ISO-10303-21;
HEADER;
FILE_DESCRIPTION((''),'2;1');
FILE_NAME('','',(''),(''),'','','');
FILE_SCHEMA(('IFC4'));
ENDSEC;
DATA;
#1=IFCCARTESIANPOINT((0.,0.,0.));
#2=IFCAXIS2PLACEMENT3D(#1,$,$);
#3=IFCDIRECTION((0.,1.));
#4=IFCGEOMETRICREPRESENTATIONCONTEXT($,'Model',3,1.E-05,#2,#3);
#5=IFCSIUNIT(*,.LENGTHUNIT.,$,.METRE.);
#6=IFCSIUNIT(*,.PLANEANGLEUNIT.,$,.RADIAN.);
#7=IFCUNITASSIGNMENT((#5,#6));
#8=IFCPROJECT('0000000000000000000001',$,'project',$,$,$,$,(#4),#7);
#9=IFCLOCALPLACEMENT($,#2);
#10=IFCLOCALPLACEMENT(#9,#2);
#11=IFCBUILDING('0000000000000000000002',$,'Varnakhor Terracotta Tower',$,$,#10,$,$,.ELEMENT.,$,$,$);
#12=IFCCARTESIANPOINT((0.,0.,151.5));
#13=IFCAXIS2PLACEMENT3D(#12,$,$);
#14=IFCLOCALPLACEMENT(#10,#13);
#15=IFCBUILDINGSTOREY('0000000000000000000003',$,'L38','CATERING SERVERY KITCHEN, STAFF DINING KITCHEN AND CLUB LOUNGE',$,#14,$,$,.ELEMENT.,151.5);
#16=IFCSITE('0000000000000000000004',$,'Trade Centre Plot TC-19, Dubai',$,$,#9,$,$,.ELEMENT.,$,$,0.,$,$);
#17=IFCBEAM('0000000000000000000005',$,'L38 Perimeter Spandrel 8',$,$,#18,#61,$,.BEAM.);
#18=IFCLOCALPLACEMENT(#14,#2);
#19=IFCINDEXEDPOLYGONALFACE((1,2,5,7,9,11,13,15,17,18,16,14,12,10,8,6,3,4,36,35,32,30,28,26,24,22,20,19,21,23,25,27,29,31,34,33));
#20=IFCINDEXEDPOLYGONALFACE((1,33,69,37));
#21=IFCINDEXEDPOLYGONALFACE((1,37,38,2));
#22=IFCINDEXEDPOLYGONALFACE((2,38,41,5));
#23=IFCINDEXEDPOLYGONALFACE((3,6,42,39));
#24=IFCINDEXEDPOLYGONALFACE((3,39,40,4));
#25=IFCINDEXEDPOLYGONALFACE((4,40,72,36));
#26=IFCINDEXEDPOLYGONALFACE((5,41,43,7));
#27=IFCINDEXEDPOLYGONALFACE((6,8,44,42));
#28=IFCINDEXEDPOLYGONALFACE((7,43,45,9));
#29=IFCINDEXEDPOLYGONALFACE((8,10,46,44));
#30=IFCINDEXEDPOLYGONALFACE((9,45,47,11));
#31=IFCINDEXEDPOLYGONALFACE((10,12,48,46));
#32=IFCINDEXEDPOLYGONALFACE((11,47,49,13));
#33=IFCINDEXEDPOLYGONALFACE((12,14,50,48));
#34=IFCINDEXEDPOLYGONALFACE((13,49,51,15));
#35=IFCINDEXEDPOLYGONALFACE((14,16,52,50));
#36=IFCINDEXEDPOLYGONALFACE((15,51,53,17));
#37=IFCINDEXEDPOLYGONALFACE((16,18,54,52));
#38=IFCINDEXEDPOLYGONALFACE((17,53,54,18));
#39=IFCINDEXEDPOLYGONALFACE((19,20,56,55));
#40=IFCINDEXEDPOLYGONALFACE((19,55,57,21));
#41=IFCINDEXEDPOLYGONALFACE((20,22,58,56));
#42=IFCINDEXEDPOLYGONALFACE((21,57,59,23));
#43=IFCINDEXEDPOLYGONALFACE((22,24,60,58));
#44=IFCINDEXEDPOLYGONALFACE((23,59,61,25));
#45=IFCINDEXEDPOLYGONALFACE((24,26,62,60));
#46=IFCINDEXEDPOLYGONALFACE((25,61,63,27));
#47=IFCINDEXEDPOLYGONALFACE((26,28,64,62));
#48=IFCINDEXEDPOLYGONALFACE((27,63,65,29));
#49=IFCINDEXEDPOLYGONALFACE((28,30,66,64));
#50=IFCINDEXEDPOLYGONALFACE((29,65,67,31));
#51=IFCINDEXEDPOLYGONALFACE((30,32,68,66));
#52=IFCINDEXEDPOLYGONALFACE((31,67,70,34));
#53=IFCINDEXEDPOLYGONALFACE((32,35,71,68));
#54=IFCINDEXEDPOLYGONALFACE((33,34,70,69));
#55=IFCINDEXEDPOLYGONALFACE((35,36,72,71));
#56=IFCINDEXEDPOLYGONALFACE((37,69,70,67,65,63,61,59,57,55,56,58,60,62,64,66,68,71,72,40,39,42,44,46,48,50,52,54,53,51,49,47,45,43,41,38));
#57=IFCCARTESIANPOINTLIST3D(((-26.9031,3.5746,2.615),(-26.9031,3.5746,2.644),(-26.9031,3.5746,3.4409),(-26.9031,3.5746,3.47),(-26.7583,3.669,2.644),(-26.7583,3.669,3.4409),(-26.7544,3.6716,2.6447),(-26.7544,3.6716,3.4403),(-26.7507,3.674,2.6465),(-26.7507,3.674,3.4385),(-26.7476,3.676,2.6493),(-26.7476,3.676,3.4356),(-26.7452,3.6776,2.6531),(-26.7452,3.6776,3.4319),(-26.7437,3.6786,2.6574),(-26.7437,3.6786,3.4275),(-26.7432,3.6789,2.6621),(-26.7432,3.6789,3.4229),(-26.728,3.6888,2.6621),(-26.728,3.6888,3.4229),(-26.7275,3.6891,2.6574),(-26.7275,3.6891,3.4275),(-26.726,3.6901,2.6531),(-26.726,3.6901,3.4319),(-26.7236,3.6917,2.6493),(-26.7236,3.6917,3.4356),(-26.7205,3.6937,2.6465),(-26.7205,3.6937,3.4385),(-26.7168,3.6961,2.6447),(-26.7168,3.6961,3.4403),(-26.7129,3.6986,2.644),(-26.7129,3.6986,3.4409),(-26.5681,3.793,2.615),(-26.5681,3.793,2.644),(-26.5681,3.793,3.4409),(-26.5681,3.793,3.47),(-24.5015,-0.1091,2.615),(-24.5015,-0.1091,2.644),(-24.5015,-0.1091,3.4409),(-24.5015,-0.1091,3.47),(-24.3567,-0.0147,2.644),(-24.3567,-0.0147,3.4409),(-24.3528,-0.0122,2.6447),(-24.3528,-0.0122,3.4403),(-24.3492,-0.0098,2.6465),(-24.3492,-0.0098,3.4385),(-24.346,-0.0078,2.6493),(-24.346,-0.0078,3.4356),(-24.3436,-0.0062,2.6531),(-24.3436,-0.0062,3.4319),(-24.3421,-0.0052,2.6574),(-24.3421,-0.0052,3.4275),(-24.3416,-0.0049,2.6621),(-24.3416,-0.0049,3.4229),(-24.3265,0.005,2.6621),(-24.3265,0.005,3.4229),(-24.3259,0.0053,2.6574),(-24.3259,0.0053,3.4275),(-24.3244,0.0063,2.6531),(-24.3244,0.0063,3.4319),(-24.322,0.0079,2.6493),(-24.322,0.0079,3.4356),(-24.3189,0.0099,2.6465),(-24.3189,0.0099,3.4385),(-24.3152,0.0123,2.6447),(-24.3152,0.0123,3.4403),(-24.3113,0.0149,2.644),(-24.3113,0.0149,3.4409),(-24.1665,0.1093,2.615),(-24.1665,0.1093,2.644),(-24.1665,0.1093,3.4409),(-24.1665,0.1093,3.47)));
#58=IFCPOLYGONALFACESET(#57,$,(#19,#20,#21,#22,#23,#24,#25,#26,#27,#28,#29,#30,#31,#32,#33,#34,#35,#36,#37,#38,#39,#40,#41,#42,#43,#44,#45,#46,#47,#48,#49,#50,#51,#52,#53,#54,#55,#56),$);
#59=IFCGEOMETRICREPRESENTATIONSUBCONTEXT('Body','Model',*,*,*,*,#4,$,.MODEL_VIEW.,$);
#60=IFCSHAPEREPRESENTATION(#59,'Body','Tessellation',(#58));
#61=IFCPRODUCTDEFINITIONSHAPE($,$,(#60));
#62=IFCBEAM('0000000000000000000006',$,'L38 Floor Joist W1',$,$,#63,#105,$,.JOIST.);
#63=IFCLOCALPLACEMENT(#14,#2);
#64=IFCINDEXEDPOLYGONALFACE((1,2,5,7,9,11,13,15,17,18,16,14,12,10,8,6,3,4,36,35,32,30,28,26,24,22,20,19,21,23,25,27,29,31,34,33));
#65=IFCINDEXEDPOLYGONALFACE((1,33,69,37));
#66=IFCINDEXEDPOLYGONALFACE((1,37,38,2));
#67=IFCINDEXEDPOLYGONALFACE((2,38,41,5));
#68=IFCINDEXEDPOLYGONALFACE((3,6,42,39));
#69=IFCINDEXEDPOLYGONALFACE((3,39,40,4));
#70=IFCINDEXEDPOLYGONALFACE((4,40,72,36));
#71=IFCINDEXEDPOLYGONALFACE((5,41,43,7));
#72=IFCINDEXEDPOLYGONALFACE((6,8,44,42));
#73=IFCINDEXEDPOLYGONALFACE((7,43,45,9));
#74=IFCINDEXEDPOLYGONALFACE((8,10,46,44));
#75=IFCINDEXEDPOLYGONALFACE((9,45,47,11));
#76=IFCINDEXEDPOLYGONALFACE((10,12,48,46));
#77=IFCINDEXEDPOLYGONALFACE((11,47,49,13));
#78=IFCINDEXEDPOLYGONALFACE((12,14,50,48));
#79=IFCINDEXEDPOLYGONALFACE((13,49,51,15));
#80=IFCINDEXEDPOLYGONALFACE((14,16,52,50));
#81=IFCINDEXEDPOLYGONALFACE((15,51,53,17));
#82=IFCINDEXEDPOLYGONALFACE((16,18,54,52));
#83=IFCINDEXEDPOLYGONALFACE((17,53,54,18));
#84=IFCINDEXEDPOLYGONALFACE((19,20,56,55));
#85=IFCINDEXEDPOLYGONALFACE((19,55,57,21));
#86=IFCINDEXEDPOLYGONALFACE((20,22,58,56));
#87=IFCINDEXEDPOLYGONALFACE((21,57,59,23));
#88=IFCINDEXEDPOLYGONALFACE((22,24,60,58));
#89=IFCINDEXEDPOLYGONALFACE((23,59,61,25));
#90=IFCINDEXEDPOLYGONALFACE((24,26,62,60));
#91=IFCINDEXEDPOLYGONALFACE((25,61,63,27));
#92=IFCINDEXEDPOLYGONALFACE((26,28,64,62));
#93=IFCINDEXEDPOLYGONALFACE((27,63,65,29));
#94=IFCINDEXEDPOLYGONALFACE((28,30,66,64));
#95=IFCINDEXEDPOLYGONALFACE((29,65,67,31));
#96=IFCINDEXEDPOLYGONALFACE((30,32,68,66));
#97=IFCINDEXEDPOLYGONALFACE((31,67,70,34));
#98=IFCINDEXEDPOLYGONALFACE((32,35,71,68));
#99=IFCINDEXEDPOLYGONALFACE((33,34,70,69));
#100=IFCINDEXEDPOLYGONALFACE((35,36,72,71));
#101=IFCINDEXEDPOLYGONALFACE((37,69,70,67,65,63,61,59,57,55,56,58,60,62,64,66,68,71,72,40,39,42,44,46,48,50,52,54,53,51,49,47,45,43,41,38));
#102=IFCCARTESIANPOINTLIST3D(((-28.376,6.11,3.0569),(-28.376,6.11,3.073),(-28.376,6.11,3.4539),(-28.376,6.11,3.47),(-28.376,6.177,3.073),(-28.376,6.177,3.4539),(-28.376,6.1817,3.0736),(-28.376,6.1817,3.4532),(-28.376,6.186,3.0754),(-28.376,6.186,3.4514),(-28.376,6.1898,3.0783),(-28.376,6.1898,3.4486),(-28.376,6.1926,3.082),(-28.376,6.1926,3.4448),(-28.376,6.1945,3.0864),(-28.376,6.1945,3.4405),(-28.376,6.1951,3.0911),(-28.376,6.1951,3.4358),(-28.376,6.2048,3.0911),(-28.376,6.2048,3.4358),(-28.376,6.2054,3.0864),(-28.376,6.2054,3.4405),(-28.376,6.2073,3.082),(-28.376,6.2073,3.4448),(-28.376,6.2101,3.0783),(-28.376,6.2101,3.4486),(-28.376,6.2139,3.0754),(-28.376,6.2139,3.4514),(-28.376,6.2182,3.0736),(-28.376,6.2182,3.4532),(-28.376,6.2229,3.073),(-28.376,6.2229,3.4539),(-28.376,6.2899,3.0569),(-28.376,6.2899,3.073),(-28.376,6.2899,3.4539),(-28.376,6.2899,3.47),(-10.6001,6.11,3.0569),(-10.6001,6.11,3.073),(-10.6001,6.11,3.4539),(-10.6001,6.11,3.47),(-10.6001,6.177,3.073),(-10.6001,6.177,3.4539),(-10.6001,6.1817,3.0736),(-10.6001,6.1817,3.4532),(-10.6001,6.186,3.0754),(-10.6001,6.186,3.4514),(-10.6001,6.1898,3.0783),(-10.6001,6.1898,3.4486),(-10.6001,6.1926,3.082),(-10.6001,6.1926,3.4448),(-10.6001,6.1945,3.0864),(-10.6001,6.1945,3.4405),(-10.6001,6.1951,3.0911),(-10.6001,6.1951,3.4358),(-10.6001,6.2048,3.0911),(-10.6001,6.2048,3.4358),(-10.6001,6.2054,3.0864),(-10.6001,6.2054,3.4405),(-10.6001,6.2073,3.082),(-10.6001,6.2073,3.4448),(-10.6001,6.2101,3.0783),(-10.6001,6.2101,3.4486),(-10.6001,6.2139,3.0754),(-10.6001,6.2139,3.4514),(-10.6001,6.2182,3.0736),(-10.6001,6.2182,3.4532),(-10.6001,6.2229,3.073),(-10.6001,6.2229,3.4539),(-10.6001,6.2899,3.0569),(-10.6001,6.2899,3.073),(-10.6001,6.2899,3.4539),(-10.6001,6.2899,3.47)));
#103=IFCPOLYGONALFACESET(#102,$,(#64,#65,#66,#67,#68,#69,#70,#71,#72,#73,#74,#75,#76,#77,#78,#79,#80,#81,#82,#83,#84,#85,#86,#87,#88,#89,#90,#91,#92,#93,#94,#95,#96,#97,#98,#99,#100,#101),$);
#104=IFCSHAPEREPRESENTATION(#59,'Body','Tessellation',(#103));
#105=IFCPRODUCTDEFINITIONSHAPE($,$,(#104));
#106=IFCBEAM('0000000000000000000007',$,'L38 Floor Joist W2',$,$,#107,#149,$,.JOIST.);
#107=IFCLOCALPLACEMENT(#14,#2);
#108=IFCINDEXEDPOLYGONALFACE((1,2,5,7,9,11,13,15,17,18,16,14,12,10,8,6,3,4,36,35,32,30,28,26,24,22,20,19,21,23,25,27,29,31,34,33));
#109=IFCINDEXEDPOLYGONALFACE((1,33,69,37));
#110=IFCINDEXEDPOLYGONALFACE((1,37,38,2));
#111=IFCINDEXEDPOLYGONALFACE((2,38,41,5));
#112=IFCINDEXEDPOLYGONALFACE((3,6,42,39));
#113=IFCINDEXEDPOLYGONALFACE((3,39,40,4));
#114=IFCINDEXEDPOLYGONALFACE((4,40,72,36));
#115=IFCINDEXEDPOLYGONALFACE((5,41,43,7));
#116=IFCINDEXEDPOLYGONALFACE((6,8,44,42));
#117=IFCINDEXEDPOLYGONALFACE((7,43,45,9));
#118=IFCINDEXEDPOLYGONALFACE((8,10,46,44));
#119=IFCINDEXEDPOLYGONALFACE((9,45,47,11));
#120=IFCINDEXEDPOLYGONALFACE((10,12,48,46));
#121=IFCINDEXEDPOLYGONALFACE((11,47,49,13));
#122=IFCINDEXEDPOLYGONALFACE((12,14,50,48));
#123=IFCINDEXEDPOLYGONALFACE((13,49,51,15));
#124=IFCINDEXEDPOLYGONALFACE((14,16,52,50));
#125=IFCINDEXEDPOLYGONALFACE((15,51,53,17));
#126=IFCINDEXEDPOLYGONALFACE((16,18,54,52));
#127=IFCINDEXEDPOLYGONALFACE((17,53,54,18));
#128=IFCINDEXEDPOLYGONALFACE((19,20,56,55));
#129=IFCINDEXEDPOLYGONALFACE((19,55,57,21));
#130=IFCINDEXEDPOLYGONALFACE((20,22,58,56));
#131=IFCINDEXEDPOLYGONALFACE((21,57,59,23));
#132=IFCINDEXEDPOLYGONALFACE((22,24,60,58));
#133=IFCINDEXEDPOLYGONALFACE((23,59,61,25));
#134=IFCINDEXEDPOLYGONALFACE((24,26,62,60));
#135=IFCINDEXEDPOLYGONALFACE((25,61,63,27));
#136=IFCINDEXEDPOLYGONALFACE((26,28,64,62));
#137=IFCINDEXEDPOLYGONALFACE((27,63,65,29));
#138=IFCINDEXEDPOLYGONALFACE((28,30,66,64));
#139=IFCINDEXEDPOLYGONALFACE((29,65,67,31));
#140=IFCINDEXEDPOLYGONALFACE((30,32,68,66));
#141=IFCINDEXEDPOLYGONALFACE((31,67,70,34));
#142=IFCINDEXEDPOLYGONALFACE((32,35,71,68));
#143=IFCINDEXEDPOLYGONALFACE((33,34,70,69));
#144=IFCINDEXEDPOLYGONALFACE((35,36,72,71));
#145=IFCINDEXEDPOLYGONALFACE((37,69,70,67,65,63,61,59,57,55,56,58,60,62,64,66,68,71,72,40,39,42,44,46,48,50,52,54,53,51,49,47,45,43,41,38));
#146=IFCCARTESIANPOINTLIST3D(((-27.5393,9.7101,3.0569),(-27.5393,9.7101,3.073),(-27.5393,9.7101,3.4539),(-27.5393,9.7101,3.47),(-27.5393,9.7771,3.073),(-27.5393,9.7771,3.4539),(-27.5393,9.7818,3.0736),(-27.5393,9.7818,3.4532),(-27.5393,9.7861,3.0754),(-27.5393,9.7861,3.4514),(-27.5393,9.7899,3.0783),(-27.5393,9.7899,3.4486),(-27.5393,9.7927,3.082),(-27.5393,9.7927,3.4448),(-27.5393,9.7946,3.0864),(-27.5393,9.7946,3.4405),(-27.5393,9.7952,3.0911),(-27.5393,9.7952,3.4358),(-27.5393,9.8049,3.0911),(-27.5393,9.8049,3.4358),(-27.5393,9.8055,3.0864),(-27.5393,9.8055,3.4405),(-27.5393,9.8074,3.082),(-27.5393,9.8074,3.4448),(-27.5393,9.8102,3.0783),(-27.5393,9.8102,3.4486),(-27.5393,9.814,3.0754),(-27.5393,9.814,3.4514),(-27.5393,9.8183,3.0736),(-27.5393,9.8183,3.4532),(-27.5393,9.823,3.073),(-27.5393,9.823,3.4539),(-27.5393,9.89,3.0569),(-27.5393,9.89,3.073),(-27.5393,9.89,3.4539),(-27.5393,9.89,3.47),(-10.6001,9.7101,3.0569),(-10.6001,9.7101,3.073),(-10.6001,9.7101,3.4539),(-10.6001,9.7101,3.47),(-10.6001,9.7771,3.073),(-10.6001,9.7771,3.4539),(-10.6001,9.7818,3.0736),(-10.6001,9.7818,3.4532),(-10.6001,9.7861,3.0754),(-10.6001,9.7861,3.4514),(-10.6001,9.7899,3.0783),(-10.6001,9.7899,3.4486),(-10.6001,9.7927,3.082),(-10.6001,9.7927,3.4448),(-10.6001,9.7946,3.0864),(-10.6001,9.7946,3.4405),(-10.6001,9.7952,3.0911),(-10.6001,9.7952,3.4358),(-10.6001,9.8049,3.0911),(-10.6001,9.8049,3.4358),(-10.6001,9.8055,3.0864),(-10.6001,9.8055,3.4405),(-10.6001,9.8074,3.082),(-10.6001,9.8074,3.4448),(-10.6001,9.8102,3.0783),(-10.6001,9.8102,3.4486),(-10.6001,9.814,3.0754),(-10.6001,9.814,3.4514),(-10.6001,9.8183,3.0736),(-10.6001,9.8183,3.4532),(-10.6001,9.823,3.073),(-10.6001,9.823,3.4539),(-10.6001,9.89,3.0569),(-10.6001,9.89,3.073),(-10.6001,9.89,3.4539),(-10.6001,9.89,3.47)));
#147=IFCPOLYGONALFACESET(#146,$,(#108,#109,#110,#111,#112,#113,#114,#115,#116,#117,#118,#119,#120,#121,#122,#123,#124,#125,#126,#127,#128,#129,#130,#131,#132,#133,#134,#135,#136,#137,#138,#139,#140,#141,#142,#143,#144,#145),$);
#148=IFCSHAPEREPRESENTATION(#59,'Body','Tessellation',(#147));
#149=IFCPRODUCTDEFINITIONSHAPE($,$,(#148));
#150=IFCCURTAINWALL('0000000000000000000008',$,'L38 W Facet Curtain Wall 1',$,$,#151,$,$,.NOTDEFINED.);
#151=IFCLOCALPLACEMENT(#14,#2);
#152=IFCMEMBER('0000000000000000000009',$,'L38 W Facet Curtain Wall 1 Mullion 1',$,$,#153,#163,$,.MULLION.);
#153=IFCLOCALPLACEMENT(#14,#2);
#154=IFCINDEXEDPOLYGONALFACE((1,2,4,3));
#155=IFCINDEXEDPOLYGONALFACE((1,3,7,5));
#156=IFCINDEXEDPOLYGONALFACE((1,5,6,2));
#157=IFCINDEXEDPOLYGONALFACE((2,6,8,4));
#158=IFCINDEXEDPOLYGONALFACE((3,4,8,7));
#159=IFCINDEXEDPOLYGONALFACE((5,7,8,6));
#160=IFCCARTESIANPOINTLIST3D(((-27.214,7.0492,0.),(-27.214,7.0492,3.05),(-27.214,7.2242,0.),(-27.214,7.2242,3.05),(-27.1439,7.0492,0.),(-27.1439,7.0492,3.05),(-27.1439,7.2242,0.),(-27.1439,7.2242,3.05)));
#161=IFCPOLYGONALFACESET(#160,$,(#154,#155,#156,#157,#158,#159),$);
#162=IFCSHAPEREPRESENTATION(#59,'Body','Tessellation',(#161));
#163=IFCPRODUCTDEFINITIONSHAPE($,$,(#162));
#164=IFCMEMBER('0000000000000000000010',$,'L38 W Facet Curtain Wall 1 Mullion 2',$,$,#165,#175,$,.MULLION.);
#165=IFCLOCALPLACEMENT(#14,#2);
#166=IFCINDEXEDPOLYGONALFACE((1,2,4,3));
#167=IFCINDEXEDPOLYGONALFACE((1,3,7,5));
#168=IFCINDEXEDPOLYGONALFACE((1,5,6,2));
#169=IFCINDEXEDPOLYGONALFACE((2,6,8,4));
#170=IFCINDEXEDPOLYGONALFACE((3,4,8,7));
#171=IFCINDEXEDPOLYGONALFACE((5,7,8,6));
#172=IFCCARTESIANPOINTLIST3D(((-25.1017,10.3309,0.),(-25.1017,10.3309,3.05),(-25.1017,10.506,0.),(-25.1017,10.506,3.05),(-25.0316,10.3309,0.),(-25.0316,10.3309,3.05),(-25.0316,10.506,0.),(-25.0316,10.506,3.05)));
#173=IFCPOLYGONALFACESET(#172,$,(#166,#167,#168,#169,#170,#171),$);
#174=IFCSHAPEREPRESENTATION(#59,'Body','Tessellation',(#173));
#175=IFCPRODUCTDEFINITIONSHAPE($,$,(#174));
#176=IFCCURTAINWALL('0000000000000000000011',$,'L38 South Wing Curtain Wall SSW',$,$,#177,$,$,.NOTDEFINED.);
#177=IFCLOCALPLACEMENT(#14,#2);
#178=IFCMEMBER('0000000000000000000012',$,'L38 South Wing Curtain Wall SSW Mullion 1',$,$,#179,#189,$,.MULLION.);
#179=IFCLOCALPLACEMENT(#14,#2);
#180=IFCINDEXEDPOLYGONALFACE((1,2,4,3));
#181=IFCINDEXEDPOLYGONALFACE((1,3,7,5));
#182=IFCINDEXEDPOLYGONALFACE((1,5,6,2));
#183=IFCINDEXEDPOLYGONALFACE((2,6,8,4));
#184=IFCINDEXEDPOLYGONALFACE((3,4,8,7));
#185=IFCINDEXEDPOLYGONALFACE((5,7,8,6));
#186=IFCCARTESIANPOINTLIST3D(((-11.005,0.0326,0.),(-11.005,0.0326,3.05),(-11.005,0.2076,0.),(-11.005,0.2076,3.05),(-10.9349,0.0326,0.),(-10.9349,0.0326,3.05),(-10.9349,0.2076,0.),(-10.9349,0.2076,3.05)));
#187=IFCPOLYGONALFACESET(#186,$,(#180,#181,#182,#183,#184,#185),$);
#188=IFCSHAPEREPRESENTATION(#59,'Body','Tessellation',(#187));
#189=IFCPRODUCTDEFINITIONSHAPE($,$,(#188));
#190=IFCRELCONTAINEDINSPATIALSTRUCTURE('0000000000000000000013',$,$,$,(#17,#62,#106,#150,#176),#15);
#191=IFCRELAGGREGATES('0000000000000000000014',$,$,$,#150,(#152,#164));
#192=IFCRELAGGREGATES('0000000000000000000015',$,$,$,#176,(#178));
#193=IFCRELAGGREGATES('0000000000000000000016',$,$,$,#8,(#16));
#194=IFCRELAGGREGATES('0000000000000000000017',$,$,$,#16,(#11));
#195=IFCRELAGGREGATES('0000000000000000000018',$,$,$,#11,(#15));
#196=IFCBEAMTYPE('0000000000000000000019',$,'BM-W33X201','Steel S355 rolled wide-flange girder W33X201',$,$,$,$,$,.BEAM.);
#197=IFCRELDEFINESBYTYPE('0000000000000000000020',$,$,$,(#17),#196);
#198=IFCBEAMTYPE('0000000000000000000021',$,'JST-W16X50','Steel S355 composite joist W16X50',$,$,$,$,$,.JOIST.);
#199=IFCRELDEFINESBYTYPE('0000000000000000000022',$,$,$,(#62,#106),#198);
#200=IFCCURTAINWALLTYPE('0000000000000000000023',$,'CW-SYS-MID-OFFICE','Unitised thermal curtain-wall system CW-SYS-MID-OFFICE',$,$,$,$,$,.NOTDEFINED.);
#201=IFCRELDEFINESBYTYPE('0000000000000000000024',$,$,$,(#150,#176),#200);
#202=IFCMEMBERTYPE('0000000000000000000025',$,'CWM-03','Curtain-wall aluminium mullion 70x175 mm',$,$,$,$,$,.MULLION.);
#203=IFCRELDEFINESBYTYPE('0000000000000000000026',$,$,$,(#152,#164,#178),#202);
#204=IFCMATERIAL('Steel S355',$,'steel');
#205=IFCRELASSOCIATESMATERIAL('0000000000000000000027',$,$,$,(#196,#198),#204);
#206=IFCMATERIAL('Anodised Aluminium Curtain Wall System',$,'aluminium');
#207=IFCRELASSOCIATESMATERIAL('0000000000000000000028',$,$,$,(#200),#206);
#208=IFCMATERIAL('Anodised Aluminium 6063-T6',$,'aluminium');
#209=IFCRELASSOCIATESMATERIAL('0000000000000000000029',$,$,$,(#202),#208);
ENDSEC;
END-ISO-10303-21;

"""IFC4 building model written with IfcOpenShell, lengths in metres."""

from ifc_helpers import new_model, si_unit, direction, frame, origin, origin_2d, place, context, subcontext, project, spatial, rectangle, i_section, extrude, source, transform, mapped, material, material_profile, profile_set, type_object, element, aggregate, save


model = new_model("IFC4")

# Units and contexts
model_context = context("Model", 3, precision=1e-05, world=origin(), true_north=direction((0.0, 1.0)))
body_context = subcontext(model_context, "Body", "Model", "MODEL_VIEW")
ifc_project = project(units=[si_unit("LENGTHUNIT", "METRE"), si_unit("PLANEANGLEUNIT", "RADIAN")], contexts=[model_context])

# Site, building, storey
site_placement = place(None, origin())
site = spatial("IfcSite", under=ifc_project, at=site_placement, Name="Trade Centre Plot TC-19, Dubai", CompositionType="ELEMENT", RefElevation=0.0)
building_placement = place(site_placement, origin())
building = spatial("IfcBuilding", under=site, at=building_placement, Name="Varnakhor Terracotta Tower", CompositionType="ELEMENT")
storey_placement = place(building_placement, frame((0.0, 0.0, 151.5)))
storey = spatial("IfcBuildingStorey", under=building, at=storey_placement, Name="L38", Description="CATERING SERVERY KITCHEN, STAFF DINING KITCHEN AND CLUB LOUNGE", CompositionType="ELEMENT", Elevation=151.5)

# Beams
ifc_material_1 = material(Name="Steel S355", Category="steel")
ifc_material_profile_1 = material_profile(ifc_material_1, i_section(OverallWidth=0.3999, OverallDepth=0.855, WebThickness=0.0181, FlangeThickness=0.0291, FilletRadius=0.0181, at=origin_2d()), Name="W33X201")
ifc_profile_set_1 = profile_set([ifc_material_profile_1], Name="Steel S355")
beam_type_1 = type_object("IfcBeamType", Name="BM-W33X201", Description="Steel S355 rolled wide-flange girder W33X201", PredefinedType="BEAM", material=ifc_profile_set_1)
shared_shape_1 = source(origin(), body_context, "Body", "SweptSolid", [
    extrude(i_section(OverallWidth=0.3999, OverallDepth=0.855, WebThickness=0.0181, FlangeThickness=0.0291, FilletRadius=0.0181, at=origin_2d()), origin(), (0.0, 0.0, 1.0), 4.3975),
])
for number, where, z_axis, x_axis, name in (
    (1, (-26.7356, 3.6838, 3.0425), (0.546126, -0.837703, 0.0), (0.837703, 0.546126, 0.0), "L38 Perimeter Spandrel 8"),
):
    element("IfcBeam", number, at=place(storey_placement, frame(where, z_axis=z_axis, x_axis=x_axis)), inside=storey, type_object=beam_type_1, Name=name, PredefinedType="BEAM", context=body_context, shape_type="MappedRepresentation", body=[
        mapped(shared_shape_1, transform((0.0, 0.0, 0.0), scale=1.0)),
    ])
ifc_material_profile_2 = material_profile(ifc_material_1, i_section(OverallWidth=0.1799, OverallDepth=0.4131, WebThickness=0.0098, FlangeThickness=0.0161, FilletRadius=0.0181, at=origin_2d()), Name="W16X50")
ifc_profile_set_2 = profile_set([ifc_material_profile_2], Name="Steel S355")
beam_type_2 = type_object("IfcBeamType", Name="JST-W16X50", Description="Steel S355 composite joist W16X50", PredefinedType="JOIST", material=ifc_profile_set_2)
shared_shape_2 = source(origin(), body_context, "Body", "SweptSolid", [
    extrude(i_section(OverallWidth=0.1799, OverallDepth=0.4131, WebThickness=0.0098, FlangeThickness=0.0161, FilletRadius=0.0181, at=origin_2d()), origin(), (0.0, 0.0, 1.0), 17.7759),
])
beam_1_placement = place(storey_placement, frame((-28.376, 6.2, 3.2634), z_axis=(1.0, 0.0, 0.0), x_axis=(0.0, 1.0, 0.0)))
element("IfcBeam", 2, at=beam_1_placement, inside=storey, type_object=beam_type_2, Name="L38 Floor Joist W1", PredefinedType="JOIST", context=body_context, shape_type="MappedRepresentation", body=[
    mapped(shared_shape_2, transform((0.0, 0.0, 0.0), scale=1.0)),
])
shared_shape_3 = source(origin(), body_context, "Body", "SweptSolid", [
    extrude(i_section(OverallWidth=0.1799, OverallDepth=0.4131, WebThickness=0.0098, FlangeThickness=0.0161, FilletRadius=0.0181, at=origin_2d()), origin(), (0.0, 0.0, 1.0), 16.9392),
])
beam_2_placement = place(storey_placement, frame((-27.5393, 9.8, 3.2634), z_axis=(1.0, 0.0, 0.0), x_axis=(0.0, 1.0, 0.0)))
element("IfcBeam", 3, at=beam_2_placement, inside=storey, type_object=beam_type_2, Name="L38 Floor Joist W2", PredefinedType="JOIST", context=body_context, shape_type="MappedRepresentation", body=[
    mapped(shared_shape_3, transform((0.0, 0.0, 0.0), scale=1.0)),
])

# Curtain walls, members
ifc_material_2 = material(Name="Anodised Aluminium Curtain Wall System", Category="aluminium")
curtain_wall_type = type_object("IfcCurtainWallType", Name="CW-SYS-MID-OFFICE", Description="Unitised thermal curtain-wall system CW-SYS-MID-OFFICE", PredefinedType="NOTDEFINED", material=ifc_material_2)
curtain_wall_1_placement = place(storey_placement, origin())
curtain_wall_1 = element("IfcCurtainWall", 4, at=curtain_wall_1_placement, inside=storey, type_object=curtain_wall_type, Name="L38 W Facet Curtain Wall 1", PredefinedType="NOTDEFINED")
ifc_material_3 = material(Name="Anodised Aluminium 6063-T6", Category="aluminium")
ifc_material_profile_3 = material_profile(ifc_material_3, rectangle(XDim=0.0701, YDim=0.175, at=origin_2d()), Name="ALU MULLION 70x175")
ifc_profile_set_3 = profile_set([ifc_material_profile_3], Name="Anodised Aluminium 6063-T6")
member_type_1 = type_object("IfcMemberType", Name="CWM-03", Description="Curtain-wall aluminium mullion 70x175 mm", PredefinedType="MULLION", material=ifc_profile_set_3)
shared_shape_4 = source(origin(), body_context, "Body", "SweptSolid", [
    extrude(rectangle(XDim=0.0701, YDim=0.175, at=origin_2d()), origin(), (0.0, 0.0, 1.0), 3.05),
])
member_1_placement = place(storey_placement, frame((-27.179, 7.1367, 0.0), z_axis=(0.0, 0.0, 1.0), x_axis=(1.0, 0.0, 0.0)))
member_1 = element("IfcMember", 5, at=member_1_placement, type_object=member_type_1, Name="L38 W Facet Curtain Wall 1 Mullion 1", PredefinedType="MULLION", context=body_context, shape_type="MappedRepresentation", body=[
    mapped(shared_shape_4, transform((0.0, 0.0, 0.0), scale=1.0)),
])
member_2_placement = place(storey_placement, frame((-25.0667, 10.4185, 0.0), z_axis=(0.0, 0.0, 1.0), x_axis=(1.0, 0.0, 0.0)))
member_2 = element("IfcMember", 6, at=member_2_placement, type_object=member_type_1, Name="L38 W Facet Curtain Wall 1 Mullion 2", PredefinedType="MULLION", context=body_context, shape_type="MappedRepresentation", body=[
    mapped(shared_shape_4, transform((0.0, 0.0, 0.0), scale=1.0)),
])
curtain_wall_2_placement = place(storey_placement, origin())
curtain_wall_2 = element("IfcCurtainWall", 7, at=curtain_wall_2_placement, inside=storey, type_object=curtain_wall_type, Name="L38 South Wing Curtain Wall SSW", PredefinedType="NOTDEFINED")
member_3_placement = place(storey_placement, frame((-10.97, 0.1201, 0.0), z_axis=(0.0, 0.0, 1.0), x_axis=(1.0, 0.0, 0.0)))
member_3 = element("IfcMember", 8, at=member_3_placement, type_object=member_type_1, Name="L38 South Wing Curtain Wall SSW Mullion 1", PredefinedType="MULLION", context=body_context, shape_type="MappedRepresentation", body=[
    mapped(shared_shape_4, transform((0.0, 0.0, 0.0), scale=1.0)),
])

aggregate(curtain_wall_1, [member_1, member_2])
aggregate(curtain_wall_2, [member_3])

save(model, "model.ifc")
